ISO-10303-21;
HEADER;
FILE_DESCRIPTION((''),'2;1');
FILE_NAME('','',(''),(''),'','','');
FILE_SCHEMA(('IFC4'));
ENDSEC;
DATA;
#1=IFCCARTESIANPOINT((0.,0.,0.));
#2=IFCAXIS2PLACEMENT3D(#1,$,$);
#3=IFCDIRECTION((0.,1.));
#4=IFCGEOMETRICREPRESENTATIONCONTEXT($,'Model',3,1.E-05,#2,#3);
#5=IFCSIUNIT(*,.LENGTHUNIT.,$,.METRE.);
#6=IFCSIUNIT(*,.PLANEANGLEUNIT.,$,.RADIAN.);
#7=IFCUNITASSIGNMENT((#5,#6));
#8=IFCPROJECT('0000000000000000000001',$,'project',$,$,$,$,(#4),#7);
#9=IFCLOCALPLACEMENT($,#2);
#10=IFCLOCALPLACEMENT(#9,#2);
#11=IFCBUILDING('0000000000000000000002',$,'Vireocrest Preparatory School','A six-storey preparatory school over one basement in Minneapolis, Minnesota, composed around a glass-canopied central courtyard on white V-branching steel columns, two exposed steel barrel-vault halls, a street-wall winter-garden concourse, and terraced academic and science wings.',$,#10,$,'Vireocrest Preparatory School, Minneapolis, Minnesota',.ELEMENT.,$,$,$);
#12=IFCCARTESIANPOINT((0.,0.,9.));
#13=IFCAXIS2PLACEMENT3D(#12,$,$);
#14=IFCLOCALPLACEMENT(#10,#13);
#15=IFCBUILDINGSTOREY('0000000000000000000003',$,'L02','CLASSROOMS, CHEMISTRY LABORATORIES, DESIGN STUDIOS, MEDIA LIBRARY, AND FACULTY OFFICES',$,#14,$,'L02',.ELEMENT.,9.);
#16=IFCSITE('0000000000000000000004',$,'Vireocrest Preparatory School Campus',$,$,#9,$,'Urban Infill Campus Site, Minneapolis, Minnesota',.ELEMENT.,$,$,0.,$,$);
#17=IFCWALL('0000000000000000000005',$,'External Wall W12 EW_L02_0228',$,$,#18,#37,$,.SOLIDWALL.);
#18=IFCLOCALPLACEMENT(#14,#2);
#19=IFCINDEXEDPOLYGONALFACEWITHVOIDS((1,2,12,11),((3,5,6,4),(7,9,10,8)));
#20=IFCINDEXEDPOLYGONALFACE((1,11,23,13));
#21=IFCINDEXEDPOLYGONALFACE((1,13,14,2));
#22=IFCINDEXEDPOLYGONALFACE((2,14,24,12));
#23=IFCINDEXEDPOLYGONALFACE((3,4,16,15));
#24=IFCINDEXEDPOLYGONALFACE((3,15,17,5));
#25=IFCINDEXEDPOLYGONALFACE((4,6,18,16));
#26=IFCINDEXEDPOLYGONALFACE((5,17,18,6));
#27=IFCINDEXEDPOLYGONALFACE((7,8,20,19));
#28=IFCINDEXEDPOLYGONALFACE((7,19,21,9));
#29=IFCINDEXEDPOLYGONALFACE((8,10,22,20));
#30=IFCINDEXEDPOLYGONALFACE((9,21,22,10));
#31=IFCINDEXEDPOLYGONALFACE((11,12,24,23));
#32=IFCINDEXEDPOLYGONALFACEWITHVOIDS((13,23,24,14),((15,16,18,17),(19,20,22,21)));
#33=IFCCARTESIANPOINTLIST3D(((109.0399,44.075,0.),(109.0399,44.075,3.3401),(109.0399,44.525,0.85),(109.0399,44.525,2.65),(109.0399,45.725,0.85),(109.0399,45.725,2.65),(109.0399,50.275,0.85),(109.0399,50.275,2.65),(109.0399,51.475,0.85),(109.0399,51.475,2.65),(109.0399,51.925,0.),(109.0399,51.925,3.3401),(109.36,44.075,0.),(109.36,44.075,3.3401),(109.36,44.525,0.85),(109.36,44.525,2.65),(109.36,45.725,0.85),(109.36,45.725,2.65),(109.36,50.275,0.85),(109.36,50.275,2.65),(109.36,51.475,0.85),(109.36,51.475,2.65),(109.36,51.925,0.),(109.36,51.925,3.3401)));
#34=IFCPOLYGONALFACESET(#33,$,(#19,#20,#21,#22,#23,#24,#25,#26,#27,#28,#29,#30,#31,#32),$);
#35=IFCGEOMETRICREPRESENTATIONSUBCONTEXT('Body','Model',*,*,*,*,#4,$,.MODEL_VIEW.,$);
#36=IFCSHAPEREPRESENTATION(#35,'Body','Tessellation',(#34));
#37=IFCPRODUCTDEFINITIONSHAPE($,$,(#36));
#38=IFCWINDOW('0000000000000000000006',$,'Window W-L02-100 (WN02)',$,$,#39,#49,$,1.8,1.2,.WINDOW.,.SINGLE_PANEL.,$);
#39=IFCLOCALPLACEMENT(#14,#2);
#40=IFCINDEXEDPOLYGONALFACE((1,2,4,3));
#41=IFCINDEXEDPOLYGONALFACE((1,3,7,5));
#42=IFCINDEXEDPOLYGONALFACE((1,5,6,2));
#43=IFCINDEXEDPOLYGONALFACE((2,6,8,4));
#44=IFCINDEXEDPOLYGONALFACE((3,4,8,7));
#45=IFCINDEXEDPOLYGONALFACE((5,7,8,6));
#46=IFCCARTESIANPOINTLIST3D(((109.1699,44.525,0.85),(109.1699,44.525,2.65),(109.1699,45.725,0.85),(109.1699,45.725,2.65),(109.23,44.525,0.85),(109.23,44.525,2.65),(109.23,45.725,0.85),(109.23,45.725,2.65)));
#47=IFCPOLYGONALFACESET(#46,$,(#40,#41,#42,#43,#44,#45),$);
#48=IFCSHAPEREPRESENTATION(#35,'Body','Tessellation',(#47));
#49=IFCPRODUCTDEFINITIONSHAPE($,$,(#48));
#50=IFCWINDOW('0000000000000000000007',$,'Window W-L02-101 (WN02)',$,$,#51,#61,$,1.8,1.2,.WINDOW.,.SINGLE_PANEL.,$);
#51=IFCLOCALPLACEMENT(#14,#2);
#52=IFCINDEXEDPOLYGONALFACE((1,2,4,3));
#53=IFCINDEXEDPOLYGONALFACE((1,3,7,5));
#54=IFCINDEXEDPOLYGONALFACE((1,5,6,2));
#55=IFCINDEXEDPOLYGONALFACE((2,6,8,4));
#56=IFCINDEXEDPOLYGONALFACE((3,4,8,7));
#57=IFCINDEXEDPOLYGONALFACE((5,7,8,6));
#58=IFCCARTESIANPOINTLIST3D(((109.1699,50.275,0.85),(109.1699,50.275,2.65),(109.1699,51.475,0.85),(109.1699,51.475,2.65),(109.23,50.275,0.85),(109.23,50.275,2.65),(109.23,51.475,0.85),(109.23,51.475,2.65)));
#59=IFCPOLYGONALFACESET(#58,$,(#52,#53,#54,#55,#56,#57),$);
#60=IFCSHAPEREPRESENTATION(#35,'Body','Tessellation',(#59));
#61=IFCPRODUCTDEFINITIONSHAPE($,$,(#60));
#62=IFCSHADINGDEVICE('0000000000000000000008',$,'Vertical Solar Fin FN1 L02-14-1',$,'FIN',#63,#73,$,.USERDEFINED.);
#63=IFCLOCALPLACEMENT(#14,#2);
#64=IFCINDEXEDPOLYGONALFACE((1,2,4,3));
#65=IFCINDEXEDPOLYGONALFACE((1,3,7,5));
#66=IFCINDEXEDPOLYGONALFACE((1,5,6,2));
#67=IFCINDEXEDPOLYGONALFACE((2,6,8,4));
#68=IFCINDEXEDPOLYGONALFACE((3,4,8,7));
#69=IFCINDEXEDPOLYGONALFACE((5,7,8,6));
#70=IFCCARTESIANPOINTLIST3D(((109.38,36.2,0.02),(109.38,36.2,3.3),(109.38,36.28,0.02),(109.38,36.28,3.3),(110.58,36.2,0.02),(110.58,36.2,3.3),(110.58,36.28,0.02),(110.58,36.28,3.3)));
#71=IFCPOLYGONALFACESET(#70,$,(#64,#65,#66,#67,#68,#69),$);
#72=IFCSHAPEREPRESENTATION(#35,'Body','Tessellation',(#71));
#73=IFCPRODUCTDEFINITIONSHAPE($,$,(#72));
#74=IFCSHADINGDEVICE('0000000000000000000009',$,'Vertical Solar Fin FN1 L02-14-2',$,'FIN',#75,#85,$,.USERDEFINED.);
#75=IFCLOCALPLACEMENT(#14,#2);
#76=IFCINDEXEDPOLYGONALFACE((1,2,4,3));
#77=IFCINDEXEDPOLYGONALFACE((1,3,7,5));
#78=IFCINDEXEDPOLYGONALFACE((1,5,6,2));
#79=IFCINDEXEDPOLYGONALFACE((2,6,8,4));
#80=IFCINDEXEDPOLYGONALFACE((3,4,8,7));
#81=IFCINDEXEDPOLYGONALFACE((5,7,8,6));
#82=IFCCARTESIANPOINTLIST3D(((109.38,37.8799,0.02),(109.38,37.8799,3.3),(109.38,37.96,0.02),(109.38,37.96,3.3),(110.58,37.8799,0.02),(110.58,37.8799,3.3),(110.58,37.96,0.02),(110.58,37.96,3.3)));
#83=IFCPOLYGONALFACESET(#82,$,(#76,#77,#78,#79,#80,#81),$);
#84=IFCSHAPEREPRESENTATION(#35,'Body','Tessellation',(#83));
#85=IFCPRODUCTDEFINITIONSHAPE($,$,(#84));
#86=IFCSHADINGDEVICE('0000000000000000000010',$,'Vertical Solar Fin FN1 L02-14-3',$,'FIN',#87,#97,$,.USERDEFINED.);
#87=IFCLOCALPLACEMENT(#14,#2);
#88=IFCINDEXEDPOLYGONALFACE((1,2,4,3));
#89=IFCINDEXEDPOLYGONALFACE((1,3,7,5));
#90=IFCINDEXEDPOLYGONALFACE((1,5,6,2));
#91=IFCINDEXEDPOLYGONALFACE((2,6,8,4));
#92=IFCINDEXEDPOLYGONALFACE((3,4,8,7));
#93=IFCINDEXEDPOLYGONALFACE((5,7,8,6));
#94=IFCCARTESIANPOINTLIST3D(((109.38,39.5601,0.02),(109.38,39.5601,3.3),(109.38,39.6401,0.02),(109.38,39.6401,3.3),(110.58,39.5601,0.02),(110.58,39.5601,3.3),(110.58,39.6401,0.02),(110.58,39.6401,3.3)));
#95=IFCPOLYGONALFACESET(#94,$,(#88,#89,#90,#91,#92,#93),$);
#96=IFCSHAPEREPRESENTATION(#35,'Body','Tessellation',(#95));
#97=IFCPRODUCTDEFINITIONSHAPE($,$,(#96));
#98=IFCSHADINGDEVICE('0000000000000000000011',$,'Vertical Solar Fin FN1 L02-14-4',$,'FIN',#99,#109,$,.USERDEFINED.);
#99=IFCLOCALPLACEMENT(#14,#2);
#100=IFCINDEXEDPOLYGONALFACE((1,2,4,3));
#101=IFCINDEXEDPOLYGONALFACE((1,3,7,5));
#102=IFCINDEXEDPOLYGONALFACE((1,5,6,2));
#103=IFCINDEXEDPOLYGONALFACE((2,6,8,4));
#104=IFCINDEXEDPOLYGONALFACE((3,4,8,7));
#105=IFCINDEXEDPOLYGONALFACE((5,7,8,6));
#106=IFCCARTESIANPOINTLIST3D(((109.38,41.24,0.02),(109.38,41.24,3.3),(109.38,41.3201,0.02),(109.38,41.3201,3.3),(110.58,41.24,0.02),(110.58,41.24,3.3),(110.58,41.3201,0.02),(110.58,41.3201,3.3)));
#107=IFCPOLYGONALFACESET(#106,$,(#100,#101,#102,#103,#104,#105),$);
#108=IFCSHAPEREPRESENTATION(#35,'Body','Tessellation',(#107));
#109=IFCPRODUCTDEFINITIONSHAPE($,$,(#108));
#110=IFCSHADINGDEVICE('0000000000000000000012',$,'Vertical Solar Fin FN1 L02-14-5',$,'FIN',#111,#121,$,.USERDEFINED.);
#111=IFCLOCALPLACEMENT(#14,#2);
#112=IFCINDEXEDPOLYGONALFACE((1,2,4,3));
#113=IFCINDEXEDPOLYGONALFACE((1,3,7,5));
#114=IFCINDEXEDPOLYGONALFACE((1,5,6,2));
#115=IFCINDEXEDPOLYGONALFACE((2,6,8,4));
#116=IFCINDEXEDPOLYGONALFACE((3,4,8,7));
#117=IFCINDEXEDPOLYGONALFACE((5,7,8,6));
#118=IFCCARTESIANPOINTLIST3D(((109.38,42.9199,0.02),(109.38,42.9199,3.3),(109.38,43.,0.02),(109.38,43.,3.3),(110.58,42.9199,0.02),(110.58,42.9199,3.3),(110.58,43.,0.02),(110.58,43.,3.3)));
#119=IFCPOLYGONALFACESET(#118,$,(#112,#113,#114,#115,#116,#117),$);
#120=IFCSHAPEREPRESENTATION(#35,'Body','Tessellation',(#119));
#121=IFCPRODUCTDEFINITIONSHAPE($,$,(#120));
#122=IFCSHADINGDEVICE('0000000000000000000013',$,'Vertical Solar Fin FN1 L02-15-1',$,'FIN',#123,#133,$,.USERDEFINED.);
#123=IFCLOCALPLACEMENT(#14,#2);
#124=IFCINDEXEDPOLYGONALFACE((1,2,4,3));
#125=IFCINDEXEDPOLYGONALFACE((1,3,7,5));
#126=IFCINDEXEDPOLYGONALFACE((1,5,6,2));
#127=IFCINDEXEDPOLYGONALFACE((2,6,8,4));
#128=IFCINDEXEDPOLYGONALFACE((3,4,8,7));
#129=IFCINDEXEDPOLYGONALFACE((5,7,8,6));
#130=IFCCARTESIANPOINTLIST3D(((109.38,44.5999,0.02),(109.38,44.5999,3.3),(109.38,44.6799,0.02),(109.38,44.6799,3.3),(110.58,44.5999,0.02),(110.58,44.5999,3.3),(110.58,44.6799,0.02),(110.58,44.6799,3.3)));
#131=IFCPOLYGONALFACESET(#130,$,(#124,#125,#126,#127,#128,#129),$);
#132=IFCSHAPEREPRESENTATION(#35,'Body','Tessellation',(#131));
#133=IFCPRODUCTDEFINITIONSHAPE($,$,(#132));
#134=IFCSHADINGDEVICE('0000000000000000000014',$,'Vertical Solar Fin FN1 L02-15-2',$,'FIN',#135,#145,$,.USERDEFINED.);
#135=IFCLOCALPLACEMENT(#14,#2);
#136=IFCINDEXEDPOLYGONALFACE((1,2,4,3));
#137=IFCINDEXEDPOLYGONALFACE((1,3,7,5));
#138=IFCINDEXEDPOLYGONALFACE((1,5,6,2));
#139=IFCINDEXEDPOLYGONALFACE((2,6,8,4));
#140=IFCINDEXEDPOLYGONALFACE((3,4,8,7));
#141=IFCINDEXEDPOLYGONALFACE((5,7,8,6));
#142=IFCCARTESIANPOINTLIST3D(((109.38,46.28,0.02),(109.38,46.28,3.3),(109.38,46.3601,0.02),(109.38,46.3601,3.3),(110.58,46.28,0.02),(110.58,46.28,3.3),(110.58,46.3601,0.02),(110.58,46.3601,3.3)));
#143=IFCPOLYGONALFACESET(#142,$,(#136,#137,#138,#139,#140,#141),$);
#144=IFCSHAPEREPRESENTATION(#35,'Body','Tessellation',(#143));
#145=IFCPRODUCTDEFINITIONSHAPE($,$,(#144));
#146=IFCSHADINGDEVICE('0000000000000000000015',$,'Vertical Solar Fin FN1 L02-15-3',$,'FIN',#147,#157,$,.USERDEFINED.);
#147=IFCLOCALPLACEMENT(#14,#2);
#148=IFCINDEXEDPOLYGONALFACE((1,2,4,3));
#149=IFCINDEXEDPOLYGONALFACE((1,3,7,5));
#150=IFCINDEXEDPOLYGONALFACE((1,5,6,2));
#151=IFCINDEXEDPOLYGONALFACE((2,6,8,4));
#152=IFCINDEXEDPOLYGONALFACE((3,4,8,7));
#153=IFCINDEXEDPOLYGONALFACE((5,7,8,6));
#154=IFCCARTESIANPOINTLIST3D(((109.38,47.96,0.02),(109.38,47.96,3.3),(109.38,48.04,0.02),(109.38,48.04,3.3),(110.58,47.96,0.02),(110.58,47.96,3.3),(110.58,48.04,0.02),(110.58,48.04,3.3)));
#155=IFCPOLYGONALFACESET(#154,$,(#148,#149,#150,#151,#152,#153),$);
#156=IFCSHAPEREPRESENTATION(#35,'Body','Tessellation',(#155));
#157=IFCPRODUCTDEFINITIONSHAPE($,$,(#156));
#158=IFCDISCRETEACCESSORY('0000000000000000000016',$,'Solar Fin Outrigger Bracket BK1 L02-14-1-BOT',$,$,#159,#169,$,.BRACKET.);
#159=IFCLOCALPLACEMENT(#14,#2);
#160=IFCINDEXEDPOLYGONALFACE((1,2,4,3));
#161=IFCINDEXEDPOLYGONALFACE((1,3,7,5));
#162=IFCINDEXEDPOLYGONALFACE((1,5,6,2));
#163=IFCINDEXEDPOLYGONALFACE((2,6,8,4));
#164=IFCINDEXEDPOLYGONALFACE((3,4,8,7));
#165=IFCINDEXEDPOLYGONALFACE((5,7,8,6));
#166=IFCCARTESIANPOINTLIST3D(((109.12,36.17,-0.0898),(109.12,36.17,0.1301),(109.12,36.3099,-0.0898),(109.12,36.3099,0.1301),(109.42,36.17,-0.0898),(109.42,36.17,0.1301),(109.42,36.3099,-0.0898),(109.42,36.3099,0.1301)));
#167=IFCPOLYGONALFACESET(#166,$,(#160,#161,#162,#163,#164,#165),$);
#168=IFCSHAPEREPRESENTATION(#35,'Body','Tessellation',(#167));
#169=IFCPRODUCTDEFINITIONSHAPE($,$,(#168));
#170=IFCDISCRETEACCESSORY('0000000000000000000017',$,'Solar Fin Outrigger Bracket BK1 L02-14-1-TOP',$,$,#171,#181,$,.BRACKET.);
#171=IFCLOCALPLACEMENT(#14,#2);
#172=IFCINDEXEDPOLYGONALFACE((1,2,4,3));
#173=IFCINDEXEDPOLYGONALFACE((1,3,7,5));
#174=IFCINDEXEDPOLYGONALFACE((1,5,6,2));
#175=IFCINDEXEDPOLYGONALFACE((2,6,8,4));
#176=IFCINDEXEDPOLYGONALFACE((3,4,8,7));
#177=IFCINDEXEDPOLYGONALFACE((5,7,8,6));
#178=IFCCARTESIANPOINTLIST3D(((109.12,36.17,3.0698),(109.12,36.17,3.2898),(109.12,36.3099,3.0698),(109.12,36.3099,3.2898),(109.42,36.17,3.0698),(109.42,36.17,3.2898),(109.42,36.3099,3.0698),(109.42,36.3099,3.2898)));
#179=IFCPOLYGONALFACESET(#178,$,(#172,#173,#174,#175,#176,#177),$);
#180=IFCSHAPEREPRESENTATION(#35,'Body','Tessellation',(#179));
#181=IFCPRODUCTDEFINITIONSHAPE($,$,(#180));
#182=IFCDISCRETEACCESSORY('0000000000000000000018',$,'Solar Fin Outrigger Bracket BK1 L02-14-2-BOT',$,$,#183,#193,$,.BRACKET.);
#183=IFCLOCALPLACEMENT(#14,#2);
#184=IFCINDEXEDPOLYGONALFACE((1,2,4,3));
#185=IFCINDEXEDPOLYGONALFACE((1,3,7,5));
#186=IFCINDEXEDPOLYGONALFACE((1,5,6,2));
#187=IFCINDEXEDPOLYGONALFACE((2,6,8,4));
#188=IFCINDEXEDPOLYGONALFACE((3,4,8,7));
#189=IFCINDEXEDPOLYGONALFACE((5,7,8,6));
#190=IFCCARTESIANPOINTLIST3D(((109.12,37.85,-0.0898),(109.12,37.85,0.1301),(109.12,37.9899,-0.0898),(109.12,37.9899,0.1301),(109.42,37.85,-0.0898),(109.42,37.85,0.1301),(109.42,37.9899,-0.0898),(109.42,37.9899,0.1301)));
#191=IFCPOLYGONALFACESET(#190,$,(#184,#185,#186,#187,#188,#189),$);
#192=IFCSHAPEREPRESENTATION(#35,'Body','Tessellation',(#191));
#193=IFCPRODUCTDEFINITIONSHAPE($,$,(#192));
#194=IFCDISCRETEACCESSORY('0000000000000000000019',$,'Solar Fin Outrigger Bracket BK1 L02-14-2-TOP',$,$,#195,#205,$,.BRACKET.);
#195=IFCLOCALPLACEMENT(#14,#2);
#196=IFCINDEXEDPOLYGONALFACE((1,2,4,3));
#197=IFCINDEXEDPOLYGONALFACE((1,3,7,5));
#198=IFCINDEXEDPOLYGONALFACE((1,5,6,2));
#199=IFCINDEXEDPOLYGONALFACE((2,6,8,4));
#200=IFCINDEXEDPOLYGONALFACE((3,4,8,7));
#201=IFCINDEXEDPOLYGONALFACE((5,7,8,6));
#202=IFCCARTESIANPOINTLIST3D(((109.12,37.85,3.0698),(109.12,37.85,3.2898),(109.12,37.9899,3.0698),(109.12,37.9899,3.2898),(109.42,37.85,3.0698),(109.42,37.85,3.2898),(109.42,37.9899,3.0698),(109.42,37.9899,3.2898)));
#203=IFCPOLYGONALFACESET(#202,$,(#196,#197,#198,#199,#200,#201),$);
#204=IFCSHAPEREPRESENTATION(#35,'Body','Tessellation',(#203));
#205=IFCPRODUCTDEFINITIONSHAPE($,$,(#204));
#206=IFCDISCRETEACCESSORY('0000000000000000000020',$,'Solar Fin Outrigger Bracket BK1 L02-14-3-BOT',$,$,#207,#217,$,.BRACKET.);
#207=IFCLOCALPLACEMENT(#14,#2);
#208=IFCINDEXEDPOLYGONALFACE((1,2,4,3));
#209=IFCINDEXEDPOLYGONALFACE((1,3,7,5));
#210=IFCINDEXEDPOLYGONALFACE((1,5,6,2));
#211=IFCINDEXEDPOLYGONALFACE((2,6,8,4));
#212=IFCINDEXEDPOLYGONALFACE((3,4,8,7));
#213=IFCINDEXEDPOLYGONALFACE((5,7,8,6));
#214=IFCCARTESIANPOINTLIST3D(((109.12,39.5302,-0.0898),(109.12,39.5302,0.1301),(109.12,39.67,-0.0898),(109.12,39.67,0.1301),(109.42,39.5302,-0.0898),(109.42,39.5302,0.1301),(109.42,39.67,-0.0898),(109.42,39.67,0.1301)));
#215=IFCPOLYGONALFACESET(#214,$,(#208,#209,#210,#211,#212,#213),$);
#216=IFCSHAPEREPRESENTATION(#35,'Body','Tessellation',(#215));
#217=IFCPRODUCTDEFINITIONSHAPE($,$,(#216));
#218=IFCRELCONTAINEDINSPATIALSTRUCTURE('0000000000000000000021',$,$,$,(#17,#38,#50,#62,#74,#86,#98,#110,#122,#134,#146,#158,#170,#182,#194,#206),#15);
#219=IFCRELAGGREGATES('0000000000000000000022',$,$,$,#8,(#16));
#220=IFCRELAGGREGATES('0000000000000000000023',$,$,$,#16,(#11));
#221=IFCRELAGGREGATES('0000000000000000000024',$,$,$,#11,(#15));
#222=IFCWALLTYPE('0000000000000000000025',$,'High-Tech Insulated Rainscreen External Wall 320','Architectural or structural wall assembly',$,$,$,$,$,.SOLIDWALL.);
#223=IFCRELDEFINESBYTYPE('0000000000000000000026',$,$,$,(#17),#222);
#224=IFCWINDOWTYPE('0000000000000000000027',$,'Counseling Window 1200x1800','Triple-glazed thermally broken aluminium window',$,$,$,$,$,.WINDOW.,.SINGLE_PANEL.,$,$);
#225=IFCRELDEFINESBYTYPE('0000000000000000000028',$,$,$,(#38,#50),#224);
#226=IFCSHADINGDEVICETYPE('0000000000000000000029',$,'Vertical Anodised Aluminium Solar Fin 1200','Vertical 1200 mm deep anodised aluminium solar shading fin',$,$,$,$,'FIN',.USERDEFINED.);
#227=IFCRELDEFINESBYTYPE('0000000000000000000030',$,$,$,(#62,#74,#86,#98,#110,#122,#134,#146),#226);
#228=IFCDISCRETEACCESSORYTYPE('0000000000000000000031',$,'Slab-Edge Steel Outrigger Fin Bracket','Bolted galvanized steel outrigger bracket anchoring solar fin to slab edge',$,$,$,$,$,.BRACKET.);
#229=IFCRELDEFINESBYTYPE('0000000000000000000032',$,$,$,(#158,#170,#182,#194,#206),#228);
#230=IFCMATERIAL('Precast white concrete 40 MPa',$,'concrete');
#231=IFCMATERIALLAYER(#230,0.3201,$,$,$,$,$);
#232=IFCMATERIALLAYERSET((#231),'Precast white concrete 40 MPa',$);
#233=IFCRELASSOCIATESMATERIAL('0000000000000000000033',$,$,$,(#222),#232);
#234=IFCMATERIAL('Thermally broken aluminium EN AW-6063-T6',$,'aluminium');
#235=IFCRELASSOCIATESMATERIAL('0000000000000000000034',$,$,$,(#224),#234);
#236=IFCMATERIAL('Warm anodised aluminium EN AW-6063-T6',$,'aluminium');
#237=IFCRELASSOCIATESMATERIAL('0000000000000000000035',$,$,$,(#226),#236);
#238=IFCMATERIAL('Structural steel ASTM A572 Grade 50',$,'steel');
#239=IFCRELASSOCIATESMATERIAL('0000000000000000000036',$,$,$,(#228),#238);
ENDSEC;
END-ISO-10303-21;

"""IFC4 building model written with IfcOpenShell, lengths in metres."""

from ifc_helpers import new_model, si_unit, direction, frame, frame_2d, origin, origin_2d, place, context, subcontext, project, spatial, rectangle, extrude, material, layer, layer_set, material_profile, profile_set, type_object, element, fill, save


model = new_model("IFC4")

# Units and contexts
model_context = context("Model", 3, precision=1e-05, world=origin(), true_north=direction((0.0, 1.0)))
body_context = subcontext(model_context, "Body", "Model", "MODEL_VIEW")
ifc_project = project(units=[si_unit("LENGTHUNIT", "METRE"), si_unit("PLANEANGLEUNIT", "RADIAN")], contexts=[model_context])

# Site, building, storey
site_placement = place(None, origin())
site = spatial("IfcSite", under=ifc_project, at=site_placement, Name="Vireocrest Preparatory School Campus", LongName="Urban Infill Campus Site, Minneapolis, Minnesota", CompositionType="ELEMENT", RefElevation=0.0)
building_placement = place(site_placement, origin())
building = spatial("IfcBuilding", under=site, at=building_placement, Name="Vireocrest Preparatory School", Description="A six-storey preparatory school over one basement in Minneapolis, Minnesota, composed around a glass-canopied central courtyard on white V-branching steel columns, two exposed steel barrel-vault halls, a street-wall winter-garden concourse, and terraced academic and science wings.", LongName="Vireocrest Preparatory School, Minneapolis, Minnesota", CompositionType="ELEMENT")
storey_placement = place(building_placement, frame((0.0, 0.0, 9.0)))
storey = spatial("IfcBuildingStorey", under=building, at=storey_placement, Name="L02", Description="CLASSROOMS, CHEMISTRY LABORATORIES, DESIGN STUDIOS, MEDIA LIBRARY, AND FACULTY OFFICES", LongName="L02", CompositionType="ELEMENT", Elevation=9.0)

# Shared definitions
ifc_material_1 = material(Name="Thermally broken aluminium EN AW-6063-T6", Category="aluminium")

# Wall, openings, windows
ifc_material_2 = material(Name="Precast white concrete 40 MPa", Category="concrete")
ifc_layer_1 = layer(ifc_material_2, 0.3201)
ifc_layer_set_1 = layer_set([ifc_layer_1], Name="Precast white concrete 40 MPa")
wall_type = type_object("IfcWallType", Name="High-Tech Insulated Rainscreen External Wall 320", Description="Architectural or structural wall assembly", PredefinedType="SOLIDWALL", material=ifc_layer_set_1)
wall_placement = place(storey_placement, frame((109.2, 44.075, 0.0), z_axis=(0.0, 0.0, 1.0), x_axis=(0.0, 1.0, 0.0)))
wall = element("IfcWall", 1, at=wall_placement, inside=storey, type_object=wall_type, Name="External Wall W12 EW_L02_0228", PredefinedType="SOLIDWALL", context=body_context, shape_type="SweptSolid", body=[
    extrude(rectangle(XDim=7.8501, YDim=0.3201, at=frame_2d((3.925, 0.0))), origin(), (0.0, 0.0, 1.0), 3.3401),
])
opening_1_placement = place(wall_placement, frame((0.45, 0.0, 0.8501)))
opening_1 = element("IfcOpeningElement", 2, at=opening_1_placement, cuts=wall, PredefinedType="OPENING", context=body_context, shape_type="SweptSolid", body=[
    extrude(rectangle(XDim=1.2, YDim=1.8, at=frame_2d((0.6001, 0.8999))), frame((0.0, 0.1699, 0.0), z_axis=(0.0, -1.0, 0.0), x_axis=(1.0, 0.0, 0.0)), (0.0, 0.0, 1.0), 0.3401),
])
opening_2_placement = place(wall_placement, frame((6.2, 0.0, 0.8501)))
opening_2 = element("IfcOpeningElement", 3, at=opening_2_placement, cuts=wall, PredefinedType="OPENING", context=body_context, shape_type="SweptSolid", body=[
    extrude(rectangle(XDim=1.2, YDim=1.8, at=frame_2d((0.6001, 0.8999))), frame((0.0, 0.1699, 0.0), z_axis=(0.0, -1.0, 0.0), x_axis=(1.0, 0.0, 0.0)), (0.0, 0.0, 1.0), 0.3401),
])
window_type = type_object("IfcWindowType", Name="Counseling Window 1200x1800", Description="Triple-glazed thermally broken aluminium window", PartitioningType="SINGLE_PANEL", PredefinedType="WINDOW", material=ifc_material_1)
window_1_placement = place(opening_1_placement, origin())
window_1 = element("IfcWindow", 4, at=window_1_placement, inside=storey, type_object=window_type, Name="Window W-L02-100 (WN02)", OverallHeight=1.8, OverallWidth=1.2, PartitioningType="SINGLE_PANEL", PredefinedType="WINDOW", context=body_context, shape_type="SweptSolid", body=[
    extrude(rectangle(XDim=1.2, YDim=1.8, at=frame_2d((0.6001, 0.8999))), frame((0.0, 0.03, 0.0), z_axis=(0.0, -1.0, 0.0), x_axis=(1.0, 0.0, 0.0)), (0.0, 0.0, 1.0), 0.0601),
])
fill(opening_1, window_1)
window_2_placement = place(opening_2_placement, origin())
window_2 = element("IfcWindow", 5, at=window_2_placement, inside=storey, type_object=window_type, Name="Window W-L02-101 (WN02)", OverallHeight=1.8, OverallWidth=1.2, PartitioningType="SINGLE_PANEL", PredefinedType="WINDOW", context=body_context, shape_type="SweptSolid", body=[
    extrude(rectangle(XDim=1.2, YDim=1.8, at=frame_2d((0.6001, 0.8999))), frame((0.0, 0.03, 0.0), z_axis=(0.0, -1.0, 0.0), x_axis=(1.0, 0.0, 0.0)), (0.0, 0.0, 1.0), 0.0601),
])
fill(opening_2, window_2)

# Shading devices
ifc_material_3 = material(Name="Warm anodised aluminium EN AW-6063-T6", Category="aluminium")
ifc_material_profile_1 = material_profile(ifc_material_3, rectangle(XDim=0.0801, YDim=1.2, at=origin_2d()), Name="FIN 80x1200")
ifc_profile_set_1 = profile_set([ifc_material_profile_1], Name="Warm anodised aluminium EN AW-6063-T6")
shading_device_type = type_object("IfcShadingDeviceType", Name="Vertical Anodised Aluminium Solar Fin 1200", Description="Vertical 1200 mm deep anodised aluminium solar shading fin", ElementType="FIN", PredefinedType="USERDEFINED", material=ifc_profile_set_1)
for number, where, z_axis, x_axis, name in (
    (6, (109.98, 36.24, 0.02), (0.0, 0.0, 1.0), (0.0, -1.0, 0.0), "Vertical Solar Fin FN1 L02-14-1"),
    (7, (109.98, 37.9199, 0.02), (0.0, 0.0, 1.0), (0.0, -1.0, 0.0), "Vertical Solar Fin FN1 L02-14-2"),
    (8, (109.98, 39.6001, 0.02), (0.0, 0.0, 1.0), (0.0, -1.0, 0.0), "Vertical Solar Fin FN1 L02-14-3"),
    (9, (109.98, 41.28, 0.02), (0.0, 0.0, 1.0), (0.0, -1.0, 0.0), "Vertical Solar Fin FN1 L02-14-4"),
    (10, (109.98, 42.96, 0.02), (0.0, 0.0, 1.0), (0.0, -1.0, 0.0), "Vertical Solar Fin FN1 L02-14-5"),
    (11, (109.98, 44.6399, 0.02), (0.0, 0.0, 1.0), (0.0, -1.0, 0.0), "Vertical Solar Fin FN1 L02-15-1"),
    (12, (109.98, 46.3201, 0.02), (0.0, 0.0, 1.0), (0.0, -1.0, 0.0), "Vertical Solar Fin FN1 L02-15-2"),
    (13, (109.98, 48.0, 0.02), (0.0, 0.0, 1.0), (0.0, -1.0, 0.0), "Vertical Solar Fin FN1 L02-15-3"),
):
    element("IfcShadingDevice", number, at=place(storey_placement, frame(where, z_axis=z_axis, x_axis=x_axis)), inside=storey, type_object=shading_device_type, Name=name, ObjectType="FIN", PredefinedType="USERDEFINED", context=body_context, shape_type="SweptSolid", body=[
        extrude(rectangle(XDim=0.0801, YDim=1.2, at=origin_2d()), origin(), (0.0, 0.0, 1.0), 3.28),
    ])

# Discrete accessories
ifc_material_4 = material(Name="Structural steel ASTM A572 Grade 50", Category="steel")
discrete_accessory_type = type_object("IfcDiscreteAccessoryType", Name="Slab-Edge Steel Outrigger Fin Bracket", Description="Bolted galvanized steel outrigger bracket anchoring solar fin to slab edge", PredefinedType="BRACKET", material=ifc_material_4)
for number, where, z_axis, x_axis, name in (
    (14, (109.27, 36.24, -0.0898), (0.0, 0.0, 1.0), (0.0, -1.0, 0.0), "Solar Fin Outrigger Bracket BK1 L02-14-1-BOT"),
    (15, (109.27, 36.24, 3.0698), (0.0, 0.0, 1.0), (0.0, -1.0, 0.0), "Solar Fin Outrigger Bracket BK1 L02-14-1-TOP"),
    (16, (109.27, 37.9199, -0.0898), (0.0, 0.0, 1.0), (0.0, -1.0, 0.0), "Solar Fin Outrigger Bracket BK1 L02-14-2-BOT"),
    (17, (109.27, 37.9199, 3.0698), (0.0, 0.0, 1.0), (0.0, -1.0, 0.0), "Solar Fin Outrigger Bracket BK1 L02-14-2-TOP"),
    (18, (109.27, 39.6001, -0.0898), (0.0, 0.0, 1.0), (0.0, -1.0, 0.0), "Solar Fin Outrigger Bracket BK1 L02-14-3-BOT"),
):
    element("IfcDiscreteAccessory", number, at=place(storey_placement, frame(where, z_axis=z_axis, x_axis=x_axis)), inside=storey, type_object=discrete_accessory_type, Name=name, PredefinedType="BRACKET", context=body_context, shape_type="SweptSolid", body=[
        extrude(rectangle(XDim=0.1399, YDim=0.3, at=origin_2d()), origin(), (0.0, 0.0, 1.0), 0.22),
    ])

save(model, "model.ifc")
